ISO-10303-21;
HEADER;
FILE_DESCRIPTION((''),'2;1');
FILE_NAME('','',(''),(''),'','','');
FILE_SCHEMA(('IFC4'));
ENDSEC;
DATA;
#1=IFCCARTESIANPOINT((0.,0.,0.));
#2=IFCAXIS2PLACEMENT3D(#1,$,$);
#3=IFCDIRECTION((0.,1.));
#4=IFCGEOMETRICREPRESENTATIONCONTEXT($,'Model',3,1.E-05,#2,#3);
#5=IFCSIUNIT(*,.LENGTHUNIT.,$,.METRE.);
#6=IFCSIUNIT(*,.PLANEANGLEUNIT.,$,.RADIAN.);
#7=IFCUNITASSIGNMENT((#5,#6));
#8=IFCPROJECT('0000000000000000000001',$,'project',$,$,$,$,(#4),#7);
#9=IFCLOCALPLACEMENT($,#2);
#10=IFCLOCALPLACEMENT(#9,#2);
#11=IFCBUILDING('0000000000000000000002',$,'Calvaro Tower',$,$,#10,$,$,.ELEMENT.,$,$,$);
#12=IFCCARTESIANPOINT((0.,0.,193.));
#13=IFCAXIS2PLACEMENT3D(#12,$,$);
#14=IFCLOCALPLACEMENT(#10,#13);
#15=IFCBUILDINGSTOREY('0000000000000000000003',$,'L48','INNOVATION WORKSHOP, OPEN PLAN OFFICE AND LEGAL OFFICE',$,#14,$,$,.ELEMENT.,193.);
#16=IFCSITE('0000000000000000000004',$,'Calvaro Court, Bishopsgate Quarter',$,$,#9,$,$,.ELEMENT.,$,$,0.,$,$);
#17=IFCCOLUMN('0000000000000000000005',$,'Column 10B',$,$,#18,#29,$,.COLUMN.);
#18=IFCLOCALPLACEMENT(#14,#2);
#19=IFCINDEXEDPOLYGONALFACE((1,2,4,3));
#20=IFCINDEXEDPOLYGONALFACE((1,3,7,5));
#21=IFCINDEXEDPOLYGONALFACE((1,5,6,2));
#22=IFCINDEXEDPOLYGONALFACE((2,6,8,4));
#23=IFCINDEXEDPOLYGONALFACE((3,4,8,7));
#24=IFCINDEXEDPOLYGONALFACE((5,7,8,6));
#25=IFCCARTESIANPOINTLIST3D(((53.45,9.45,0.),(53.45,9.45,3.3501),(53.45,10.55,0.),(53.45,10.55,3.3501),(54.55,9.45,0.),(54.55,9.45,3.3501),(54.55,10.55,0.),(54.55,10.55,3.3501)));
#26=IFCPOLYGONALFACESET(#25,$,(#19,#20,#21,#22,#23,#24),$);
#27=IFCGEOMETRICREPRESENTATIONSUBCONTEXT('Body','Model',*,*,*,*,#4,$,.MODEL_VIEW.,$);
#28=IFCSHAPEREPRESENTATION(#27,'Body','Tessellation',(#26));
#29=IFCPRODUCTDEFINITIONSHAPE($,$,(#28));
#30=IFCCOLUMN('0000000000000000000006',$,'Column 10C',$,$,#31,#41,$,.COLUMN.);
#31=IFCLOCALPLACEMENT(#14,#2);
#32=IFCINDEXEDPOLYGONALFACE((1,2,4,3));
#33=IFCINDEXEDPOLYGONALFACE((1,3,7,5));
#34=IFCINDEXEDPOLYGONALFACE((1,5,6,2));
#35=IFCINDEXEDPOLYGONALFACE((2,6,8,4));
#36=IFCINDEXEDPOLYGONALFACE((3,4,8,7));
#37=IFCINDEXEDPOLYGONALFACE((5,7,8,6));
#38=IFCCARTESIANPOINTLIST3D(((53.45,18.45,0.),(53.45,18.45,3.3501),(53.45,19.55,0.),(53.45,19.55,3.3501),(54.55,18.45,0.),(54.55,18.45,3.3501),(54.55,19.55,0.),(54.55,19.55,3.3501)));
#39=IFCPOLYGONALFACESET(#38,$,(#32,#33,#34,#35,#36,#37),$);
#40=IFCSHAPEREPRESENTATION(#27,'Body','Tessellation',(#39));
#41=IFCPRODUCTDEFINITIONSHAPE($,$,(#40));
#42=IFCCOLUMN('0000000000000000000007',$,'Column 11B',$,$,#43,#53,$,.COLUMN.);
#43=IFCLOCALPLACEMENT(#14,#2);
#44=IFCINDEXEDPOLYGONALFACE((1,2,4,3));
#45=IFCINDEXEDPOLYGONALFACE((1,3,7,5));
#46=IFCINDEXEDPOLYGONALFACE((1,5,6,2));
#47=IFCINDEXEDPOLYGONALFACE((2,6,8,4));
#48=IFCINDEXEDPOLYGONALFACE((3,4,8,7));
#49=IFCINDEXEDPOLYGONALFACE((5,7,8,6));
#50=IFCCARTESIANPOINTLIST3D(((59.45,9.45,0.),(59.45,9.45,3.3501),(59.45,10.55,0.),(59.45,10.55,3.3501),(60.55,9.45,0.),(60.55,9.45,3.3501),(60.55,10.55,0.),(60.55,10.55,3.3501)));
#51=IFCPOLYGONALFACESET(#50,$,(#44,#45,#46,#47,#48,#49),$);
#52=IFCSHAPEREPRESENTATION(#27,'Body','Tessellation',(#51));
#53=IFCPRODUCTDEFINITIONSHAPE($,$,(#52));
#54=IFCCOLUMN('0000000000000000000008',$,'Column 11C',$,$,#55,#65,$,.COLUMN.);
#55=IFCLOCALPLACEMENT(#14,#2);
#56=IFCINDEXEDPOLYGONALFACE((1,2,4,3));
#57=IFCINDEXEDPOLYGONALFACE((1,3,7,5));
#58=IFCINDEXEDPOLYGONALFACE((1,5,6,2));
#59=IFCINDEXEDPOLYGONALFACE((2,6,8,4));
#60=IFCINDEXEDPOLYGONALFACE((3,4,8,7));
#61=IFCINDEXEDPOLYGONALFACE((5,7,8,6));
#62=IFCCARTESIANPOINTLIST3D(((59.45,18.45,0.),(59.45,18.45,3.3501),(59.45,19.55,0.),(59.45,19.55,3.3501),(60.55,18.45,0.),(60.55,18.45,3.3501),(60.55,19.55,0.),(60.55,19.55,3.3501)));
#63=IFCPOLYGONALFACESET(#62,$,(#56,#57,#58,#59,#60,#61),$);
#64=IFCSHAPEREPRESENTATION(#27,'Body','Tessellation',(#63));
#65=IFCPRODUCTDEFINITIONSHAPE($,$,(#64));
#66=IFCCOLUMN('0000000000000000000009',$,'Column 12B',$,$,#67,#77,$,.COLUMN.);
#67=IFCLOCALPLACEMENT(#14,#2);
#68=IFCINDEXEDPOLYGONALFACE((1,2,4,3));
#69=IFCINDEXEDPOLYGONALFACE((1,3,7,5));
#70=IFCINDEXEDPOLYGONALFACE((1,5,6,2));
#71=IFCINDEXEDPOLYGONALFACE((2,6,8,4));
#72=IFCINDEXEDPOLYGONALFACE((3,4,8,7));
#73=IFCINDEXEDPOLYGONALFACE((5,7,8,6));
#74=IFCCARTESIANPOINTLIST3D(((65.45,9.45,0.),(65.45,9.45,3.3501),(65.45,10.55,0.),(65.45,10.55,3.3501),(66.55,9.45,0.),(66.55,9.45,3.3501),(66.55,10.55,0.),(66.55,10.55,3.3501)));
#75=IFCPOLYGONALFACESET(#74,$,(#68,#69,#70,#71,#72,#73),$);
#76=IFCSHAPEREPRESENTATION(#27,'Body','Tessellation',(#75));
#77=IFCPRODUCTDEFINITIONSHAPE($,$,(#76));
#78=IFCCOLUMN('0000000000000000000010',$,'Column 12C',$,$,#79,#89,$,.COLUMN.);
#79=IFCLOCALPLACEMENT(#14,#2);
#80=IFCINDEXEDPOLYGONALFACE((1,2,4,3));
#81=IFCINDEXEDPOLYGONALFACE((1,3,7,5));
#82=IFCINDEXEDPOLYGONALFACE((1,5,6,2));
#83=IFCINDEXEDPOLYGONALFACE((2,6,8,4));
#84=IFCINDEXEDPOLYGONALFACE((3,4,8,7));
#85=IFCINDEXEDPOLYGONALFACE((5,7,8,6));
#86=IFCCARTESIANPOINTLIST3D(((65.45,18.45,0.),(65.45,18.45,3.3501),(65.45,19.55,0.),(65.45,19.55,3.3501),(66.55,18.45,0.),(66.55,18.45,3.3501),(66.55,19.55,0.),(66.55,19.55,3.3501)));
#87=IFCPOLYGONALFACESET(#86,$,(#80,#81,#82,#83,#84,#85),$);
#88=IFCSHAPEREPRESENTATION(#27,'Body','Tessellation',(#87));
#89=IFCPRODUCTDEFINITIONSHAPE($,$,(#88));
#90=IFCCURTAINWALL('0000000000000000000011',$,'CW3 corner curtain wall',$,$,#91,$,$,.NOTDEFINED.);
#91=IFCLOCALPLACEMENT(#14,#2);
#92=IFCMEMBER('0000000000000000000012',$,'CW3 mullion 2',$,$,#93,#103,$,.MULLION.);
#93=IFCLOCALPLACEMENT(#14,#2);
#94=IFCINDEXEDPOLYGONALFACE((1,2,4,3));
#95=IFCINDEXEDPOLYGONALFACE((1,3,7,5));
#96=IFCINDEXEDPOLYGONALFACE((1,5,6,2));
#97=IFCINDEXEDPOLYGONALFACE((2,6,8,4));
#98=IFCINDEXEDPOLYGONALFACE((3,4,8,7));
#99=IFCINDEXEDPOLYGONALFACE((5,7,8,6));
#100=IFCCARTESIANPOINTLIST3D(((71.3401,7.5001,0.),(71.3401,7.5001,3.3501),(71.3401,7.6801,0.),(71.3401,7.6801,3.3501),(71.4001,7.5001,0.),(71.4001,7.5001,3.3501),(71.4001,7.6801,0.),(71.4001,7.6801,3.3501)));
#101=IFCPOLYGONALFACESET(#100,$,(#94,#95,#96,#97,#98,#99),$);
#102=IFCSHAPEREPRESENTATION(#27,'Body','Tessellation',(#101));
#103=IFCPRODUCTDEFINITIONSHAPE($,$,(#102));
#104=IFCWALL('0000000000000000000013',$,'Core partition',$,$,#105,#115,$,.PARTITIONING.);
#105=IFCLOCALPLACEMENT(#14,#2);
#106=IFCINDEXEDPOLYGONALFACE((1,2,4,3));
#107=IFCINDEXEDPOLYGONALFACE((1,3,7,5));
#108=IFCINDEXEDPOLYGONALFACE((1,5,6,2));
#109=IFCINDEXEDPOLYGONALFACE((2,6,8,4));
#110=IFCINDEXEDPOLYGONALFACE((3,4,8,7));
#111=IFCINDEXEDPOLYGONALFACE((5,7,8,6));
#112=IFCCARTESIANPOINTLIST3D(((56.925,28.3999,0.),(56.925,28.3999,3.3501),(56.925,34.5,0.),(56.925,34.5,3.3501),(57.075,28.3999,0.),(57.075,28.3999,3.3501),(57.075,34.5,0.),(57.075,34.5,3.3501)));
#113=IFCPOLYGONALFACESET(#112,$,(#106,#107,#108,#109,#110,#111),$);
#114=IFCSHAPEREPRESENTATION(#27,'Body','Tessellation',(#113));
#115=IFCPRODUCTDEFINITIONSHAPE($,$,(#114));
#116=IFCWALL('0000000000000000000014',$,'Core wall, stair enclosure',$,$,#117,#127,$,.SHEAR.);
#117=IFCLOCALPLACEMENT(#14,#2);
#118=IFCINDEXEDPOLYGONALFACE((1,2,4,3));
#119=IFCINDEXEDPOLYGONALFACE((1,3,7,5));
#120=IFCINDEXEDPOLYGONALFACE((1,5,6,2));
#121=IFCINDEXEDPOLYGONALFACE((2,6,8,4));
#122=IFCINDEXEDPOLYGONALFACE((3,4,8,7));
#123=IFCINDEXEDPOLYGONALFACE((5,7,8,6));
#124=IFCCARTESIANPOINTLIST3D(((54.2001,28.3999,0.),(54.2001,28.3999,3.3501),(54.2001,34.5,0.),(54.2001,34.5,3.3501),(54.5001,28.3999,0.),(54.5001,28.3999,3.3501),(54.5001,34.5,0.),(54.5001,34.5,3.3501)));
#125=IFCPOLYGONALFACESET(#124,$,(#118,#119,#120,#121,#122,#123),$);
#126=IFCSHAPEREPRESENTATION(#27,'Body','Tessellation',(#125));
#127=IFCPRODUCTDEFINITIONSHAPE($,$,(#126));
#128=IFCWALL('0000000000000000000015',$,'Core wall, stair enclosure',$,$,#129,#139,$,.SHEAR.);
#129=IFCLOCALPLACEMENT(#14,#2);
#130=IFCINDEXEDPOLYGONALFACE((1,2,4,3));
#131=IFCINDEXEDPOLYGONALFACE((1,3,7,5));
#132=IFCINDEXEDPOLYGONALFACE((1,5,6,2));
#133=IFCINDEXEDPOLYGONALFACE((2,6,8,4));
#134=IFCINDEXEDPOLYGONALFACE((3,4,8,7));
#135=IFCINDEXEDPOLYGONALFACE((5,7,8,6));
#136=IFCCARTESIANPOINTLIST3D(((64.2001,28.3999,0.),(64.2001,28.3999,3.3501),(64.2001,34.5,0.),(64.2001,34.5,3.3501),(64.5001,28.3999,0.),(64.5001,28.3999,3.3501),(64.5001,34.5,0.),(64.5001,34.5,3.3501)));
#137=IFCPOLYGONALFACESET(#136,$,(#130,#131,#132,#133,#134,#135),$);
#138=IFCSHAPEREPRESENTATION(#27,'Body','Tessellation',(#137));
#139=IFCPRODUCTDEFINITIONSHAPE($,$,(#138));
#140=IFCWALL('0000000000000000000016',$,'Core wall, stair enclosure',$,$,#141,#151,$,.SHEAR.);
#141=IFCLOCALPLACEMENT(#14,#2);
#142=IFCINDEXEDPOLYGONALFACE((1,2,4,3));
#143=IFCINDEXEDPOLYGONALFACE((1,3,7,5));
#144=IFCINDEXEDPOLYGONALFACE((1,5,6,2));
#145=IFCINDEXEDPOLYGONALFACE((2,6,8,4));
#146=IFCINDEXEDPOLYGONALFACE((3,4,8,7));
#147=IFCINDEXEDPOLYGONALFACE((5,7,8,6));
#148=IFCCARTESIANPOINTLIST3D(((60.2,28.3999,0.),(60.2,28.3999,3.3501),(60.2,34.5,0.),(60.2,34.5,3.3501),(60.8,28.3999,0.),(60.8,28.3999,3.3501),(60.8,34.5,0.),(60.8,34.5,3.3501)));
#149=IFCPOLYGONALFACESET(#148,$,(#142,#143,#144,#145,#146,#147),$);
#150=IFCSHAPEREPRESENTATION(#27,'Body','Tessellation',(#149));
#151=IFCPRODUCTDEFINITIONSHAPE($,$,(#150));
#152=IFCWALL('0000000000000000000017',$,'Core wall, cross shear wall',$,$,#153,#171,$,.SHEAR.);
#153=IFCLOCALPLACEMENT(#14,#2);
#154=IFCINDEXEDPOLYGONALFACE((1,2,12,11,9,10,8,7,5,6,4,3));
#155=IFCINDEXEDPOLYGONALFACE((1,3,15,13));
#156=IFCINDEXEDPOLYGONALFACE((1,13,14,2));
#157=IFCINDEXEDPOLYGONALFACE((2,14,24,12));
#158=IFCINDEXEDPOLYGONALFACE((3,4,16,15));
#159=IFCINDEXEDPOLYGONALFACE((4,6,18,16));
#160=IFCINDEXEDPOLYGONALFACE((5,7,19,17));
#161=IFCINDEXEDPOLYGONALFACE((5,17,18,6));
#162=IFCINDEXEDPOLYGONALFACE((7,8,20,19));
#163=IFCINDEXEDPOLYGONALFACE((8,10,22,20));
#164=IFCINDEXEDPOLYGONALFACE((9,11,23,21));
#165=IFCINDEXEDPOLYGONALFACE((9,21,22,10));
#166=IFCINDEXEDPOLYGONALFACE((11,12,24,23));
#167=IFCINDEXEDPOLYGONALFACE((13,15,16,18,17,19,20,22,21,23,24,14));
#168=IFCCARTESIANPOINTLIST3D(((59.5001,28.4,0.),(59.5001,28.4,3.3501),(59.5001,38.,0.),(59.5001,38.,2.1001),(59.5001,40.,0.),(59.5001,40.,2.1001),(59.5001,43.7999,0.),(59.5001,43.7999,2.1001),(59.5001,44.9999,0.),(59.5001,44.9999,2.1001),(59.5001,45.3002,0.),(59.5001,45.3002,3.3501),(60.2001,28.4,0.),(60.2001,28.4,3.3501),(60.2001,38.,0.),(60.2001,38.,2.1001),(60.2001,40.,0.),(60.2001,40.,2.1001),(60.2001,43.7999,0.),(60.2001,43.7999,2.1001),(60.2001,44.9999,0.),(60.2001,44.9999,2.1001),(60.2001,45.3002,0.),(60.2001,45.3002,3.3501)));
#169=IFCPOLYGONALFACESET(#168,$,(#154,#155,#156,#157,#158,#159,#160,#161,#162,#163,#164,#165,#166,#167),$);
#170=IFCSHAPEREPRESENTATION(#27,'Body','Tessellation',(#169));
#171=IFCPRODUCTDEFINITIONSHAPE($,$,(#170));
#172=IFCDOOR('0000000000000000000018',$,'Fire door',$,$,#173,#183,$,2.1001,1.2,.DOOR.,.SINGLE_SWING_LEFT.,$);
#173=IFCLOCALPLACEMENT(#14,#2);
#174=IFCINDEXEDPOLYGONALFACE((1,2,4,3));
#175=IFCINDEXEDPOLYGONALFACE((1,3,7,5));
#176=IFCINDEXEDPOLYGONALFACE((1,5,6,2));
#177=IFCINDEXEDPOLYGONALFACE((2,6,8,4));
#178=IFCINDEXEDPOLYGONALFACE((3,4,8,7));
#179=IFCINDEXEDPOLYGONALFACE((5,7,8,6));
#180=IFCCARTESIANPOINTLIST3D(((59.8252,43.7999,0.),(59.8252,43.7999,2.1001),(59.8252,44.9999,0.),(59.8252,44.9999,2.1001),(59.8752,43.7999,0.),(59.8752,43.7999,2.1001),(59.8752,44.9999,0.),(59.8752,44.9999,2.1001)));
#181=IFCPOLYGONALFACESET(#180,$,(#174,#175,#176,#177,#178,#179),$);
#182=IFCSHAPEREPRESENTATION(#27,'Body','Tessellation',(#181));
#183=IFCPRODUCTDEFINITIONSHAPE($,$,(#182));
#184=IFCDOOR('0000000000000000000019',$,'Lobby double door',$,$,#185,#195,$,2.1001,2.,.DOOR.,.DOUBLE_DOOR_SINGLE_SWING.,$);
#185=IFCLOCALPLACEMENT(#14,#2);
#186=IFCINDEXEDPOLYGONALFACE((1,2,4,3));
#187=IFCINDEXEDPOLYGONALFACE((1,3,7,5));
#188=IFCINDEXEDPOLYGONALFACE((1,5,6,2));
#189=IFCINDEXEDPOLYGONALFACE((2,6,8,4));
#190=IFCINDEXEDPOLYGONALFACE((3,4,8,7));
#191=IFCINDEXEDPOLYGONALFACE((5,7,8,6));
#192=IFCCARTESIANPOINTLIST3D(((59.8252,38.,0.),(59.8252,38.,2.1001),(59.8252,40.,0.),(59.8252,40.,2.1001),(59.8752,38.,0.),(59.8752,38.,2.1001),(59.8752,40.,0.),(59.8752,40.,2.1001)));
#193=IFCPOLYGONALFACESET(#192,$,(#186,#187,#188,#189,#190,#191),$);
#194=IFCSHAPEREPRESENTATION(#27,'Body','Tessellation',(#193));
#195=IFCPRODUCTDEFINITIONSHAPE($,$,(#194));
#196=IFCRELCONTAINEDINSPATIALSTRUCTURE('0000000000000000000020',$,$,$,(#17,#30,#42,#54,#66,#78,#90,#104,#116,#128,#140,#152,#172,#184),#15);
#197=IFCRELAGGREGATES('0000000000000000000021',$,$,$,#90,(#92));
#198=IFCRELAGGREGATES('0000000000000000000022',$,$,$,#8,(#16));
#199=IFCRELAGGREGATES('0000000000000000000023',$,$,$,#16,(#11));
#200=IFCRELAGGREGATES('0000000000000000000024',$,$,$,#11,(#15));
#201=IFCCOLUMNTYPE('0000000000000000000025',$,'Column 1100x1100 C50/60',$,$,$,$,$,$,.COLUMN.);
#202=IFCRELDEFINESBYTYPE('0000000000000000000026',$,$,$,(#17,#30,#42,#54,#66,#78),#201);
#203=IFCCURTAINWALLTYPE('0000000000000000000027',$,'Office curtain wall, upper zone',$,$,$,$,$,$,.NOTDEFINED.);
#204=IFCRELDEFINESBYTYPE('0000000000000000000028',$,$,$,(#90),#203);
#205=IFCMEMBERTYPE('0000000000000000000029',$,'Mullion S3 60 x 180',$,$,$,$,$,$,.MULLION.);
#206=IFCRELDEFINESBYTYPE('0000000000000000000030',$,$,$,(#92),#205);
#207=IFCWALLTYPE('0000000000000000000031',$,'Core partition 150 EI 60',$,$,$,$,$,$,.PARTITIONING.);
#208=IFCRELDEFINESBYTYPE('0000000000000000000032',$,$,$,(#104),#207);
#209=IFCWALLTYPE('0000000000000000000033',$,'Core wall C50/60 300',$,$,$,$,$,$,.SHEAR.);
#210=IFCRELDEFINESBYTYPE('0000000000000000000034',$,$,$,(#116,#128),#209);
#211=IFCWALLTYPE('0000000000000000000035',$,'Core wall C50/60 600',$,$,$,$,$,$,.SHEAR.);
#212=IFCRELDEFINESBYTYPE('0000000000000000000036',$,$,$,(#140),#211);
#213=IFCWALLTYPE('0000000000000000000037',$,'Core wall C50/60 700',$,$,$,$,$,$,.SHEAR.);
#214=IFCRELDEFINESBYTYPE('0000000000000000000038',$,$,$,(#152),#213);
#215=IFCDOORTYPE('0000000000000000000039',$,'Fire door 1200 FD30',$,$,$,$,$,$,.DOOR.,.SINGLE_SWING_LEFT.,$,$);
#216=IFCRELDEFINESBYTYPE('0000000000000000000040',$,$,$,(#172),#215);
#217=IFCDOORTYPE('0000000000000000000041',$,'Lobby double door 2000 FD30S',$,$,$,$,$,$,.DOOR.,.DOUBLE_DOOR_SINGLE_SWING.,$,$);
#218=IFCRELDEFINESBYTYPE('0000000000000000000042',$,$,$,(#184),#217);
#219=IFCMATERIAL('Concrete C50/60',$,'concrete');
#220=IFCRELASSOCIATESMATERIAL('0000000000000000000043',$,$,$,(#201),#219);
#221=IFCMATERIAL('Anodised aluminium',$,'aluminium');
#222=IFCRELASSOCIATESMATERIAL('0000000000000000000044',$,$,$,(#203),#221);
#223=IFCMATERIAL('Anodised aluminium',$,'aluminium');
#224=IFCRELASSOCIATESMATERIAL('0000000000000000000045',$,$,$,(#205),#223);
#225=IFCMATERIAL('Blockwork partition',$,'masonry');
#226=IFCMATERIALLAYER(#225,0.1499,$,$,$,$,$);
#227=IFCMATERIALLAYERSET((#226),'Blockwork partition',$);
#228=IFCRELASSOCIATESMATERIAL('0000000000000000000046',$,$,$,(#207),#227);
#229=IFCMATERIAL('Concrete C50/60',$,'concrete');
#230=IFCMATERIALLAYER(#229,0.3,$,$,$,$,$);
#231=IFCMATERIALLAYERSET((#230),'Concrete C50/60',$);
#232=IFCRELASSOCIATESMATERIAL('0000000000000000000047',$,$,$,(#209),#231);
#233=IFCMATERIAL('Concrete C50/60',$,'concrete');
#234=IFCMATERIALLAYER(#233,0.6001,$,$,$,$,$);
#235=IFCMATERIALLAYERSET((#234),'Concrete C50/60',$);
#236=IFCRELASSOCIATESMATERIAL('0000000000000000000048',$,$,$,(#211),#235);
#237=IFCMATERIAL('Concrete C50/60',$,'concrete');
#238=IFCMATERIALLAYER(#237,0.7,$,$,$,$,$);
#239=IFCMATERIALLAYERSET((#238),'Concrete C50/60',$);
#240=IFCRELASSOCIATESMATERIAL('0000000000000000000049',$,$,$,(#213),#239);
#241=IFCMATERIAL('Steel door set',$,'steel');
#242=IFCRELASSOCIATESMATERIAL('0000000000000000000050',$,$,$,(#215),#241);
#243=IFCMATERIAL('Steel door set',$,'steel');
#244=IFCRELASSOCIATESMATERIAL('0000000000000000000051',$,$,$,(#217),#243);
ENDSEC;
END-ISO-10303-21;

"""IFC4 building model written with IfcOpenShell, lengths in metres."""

from ifc_helpers import new_model, si_unit, direction, frame, frame_2d, origin, origin_2d, place, context, subcontext, project, spatial, rectangle, extrude, material, layer, layer_set, material_profile, profile_set, type_object, element, fill, aggregate, save


model = new_model("IFC4")

# Units and contexts
model_context = context("Model", 3, precision=1e-05, world=origin(), true_north=direction((0.0, 1.0)))
body_context = subcontext(model_context, "Body", "Model", "MODEL_VIEW")
ifc_project = project(units=[si_unit("LENGTHUNIT", "METRE"), si_unit("PLANEANGLEUNIT", "RADIAN")], contexts=[model_context])

# Site, building, storey
site_placement = place(None, origin())
site = spatial("IfcSite", under=ifc_project, at=site_placement, Name="Calvaro Court, Bishopsgate Quarter", CompositionType="ELEMENT", RefElevation=0.0)
building_placement = place(site_placement, origin())
building = spatial("IfcBuilding", under=site, at=building_placement, Name="Calvaro Tower", CompositionType="ELEMENT")
storey_placement = place(building_placement, frame((0.0, 0.0, 193.0)))
storey = spatial("IfcBuildingStorey", under=building, at=storey_placement, Name="L48", Description="INNOVATION WORKSHOP, OPEN PLAN OFFICE AND LEGAL OFFICE", CompositionType="ELEMENT", Elevation=193.0)

# Columns
ifc_material_1 = material(Name="Concrete C50/60", Category="concrete")
ifc_material_profile_1 = material_profile(ifc_material_1, rectangle(XDim=1.1001, YDim=1.1001, at=origin_2d()), Name="RC 1100x1100")
ifc_profile_set_1 = profile_set([ifc_material_profile_1], Name="Concrete C50/60")
column_type = type_object("IfcColumnType", Name="Column 1100x1100 C50/60", PredefinedType="COLUMN", material=ifc_profile_set_1)
for number, where, z_axis, x_axis, name in (
    (1, (54.0, 10.0, 0.0), (0.0, 0.0, 1.0), (1.0, 0.0, 0.0), "Column 10B"),
    (2, (54.0, 19.0, 0.0), (0.0, 0.0, 1.0), (1.0, 0.0, 0.0), "Column 10C"),
    (3, (60.0, 10.0, 0.0), (0.0, 0.0, 1.0), (1.0, 0.0, 0.0), "Column 11B"),
    (4, (60.0, 19.0, 0.0), (0.0, 0.0, 1.0), (1.0, 0.0, 0.0), "Column 11C"),
    (5, (66.0, 10.0, 0.0), (0.0, 0.0, 1.0), (1.0, 0.0, 0.0), "Column 12B"),
    (6, (66.0, 19.0, 0.0), (0.0, 0.0, 1.0), (1.0, 0.0, 0.0), "Column 12C"),
):
    element("IfcColumn", number, at=place(storey_placement, frame(where, z_axis=z_axis, x_axis=x_axis)), inside=storey, type_object=column_type, Name=name, PredefinedType="COLUMN", context=body_context, shape_type="SweptSolid", body=[
        extrude(rectangle(XDim=1.1001, YDim=1.1001, at=origin_2d()), origin(), (0.0, 0.0, 1.0), 3.3501),
    ])

# Curtain wall, member
ifc_material_2 = material(Name="Anodised aluminium", Category="aluminium")
curtain_wall_type = type_object("IfcCurtainWallType", Name="Office curtain wall, upper zone", PredefinedType="NOTDEFINED", material=ifc_material_2)
curtain_wall_placement = place(storey_placement, origin())
curtain_wall = element("IfcCurtainWall", 7, at=curtain_wall_placement, inside=storey, type_object=curtain_wall_type, Name="CW3 corner curtain wall", PredefinedType="NOTDEFINED")
ifc_material_3 = material(Name="Anodised aluminium", Category="aluminium")
ifc_material_profile_2 = material_profile(ifc_material_3, rectangle(XDim=0.1799, YDim=0.0601, at=origin_2d()), Name="Mullion S3 60 x 180")
ifc_profile_set_2 = profile_set([ifc_material_profile_2], Name="Anodised aluminium")
member_type = type_object("IfcMemberType", Name="Mullion S3 60 x 180", PredefinedType="MULLION", material=ifc_profile_set_2)
member_placement = place(storey_placement, frame((71.3701, 7.5901, 0.0), z_axis=(0.0, 0.0, 1.0), x_axis=(0.0, 1.0, 0.0)))
member = element("IfcMember", 8, at=member_placement, type_object=member_type, Name="CW3 mullion 2", PredefinedType="MULLION", context=body_context, shape_type="SweptSolid", body=[
    extrude(rectangle(XDim=0.1799, YDim=0.0601, at=origin_2d()), origin(), (0.0, 0.0, 1.0), 3.3501),
])
aggregate(curtain_wall, [member])

# Walls
ifc_material_4 = material(Name="Blockwork partition", Category="masonry")
ifc_layer_1 = layer(ifc_material_4, 0.1499)
ifc_layer_set_1 = layer_set([ifc_layer_1], Name="Blockwork partition")
wall_type_1 = type_object("IfcWallType", Name="Core partition 150 EI 60", PredefinedType="PARTITIONING", material=ifc_layer_set_1)
wall_1_placement = place(storey_placement, frame((57.0, 28.3999, 0.0), z_axis=(0.0, 0.0, 1.0), x_axis=(0.0, 1.0, 0.0)))
element("IfcWall", 9, at=wall_1_placement, inside=storey, type_object=wall_type_1, Name="Core partition", PredefinedType="PARTITIONING", context=body_context, shape_type="SweptSolid", body=[
    extrude(rectangle(XDim=6.1001, YDim=0.1499, at=frame_2d((3.05, 0.0))), origin(), (0.0, 0.0, 1.0), 3.3501),
])
ifc_material_5 = material(Name="Concrete C50/60", Category="concrete")
ifc_layer_2 = layer(ifc_material_5, 0.3)
ifc_layer_set_2 = layer_set([ifc_layer_2], Name="Concrete C50/60")
wall_type_2 = type_object("IfcWallType", Name="Core wall C50/60 300", PredefinedType="SHEAR", material=ifc_layer_set_2)
for number, where, z_axis, x_axis, name in (
    (10, (54.3501, 28.3999, 0.0), (0.0, 0.0, 1.0), (0.0, 1.0, 0.0), "Core wall, stair enclosure"),
    (11, (64.3501, 28.3999, 0.0), (0.0, 0.0, 1.0), (0.0, 1.0, 0.0), "Core wall, stair enclosure"),
):
    element("IfcWall", number, at=place(storey_placement, frame(where, z_axis=z_axis, x_axis=x_axis)), inside=storey, type_object=wall_type_2, Name=name, PredefinedType="SHEAR", context=body_context, shape_type="SweptSolid", body=[
        extrude(rectangle(XDim=6.1001, YDim=0.3, at=frame_2d((3.05, 0.0))), origin(), (0.0, 0.0, 1.0), 3.3501),
    ])
ifc_material_6 = material(Name="Concrete C50/60", Category="concrete")
ifc_layer_3 = layer(ifc_material_6, 0.6001)
ifc_layer_set_3 = layer_set([ifc_layer_3], Name="Concrete C50/60")
wall_type_3 = type_object("IfcWallType", Name="Core wall C50/60 600", PredefinedType="SHEAR", material=ifc_layer_set_3)
wall_2_placement = place(storey_placement, frame((60.5, 28.3999, 0.0), z_axis=(0.0, 0.0, 1.0), x_axis=(0.0, 1.0, 0.0)))
element("IfcWall", 12, at=wall_2_placement, inside=storey, type_object=wall_type_3, Name="Core wall, stair enclosure", PredefinedType="SHEAR", context=body_context, shape_type="SweptSolid", body=[
    extrude(rectangle(XDim=6.1001, YDim=0.6001, at=frame_2d((3.05, 0.0))), origin(), (0.0, 0.0, 1.0), 3.3501),
])

# Wall, openings, doors
ifc_material_7 = material(Name="Concrete C50/60", Category="concrete")
ifc_layer_4 = layer(ifc_material_7, 0.7)
ifc_layer_set_4 = layer_set([ifc_layer_4], Name="Concrete C50/60")
wall_type_4 = type_object("IfcWallType", Name="Core wall C50/60 700", PredefinedType="SHEAR", material=ifc_layer_set_4)
wall_3_placement = place(storey_placement, frame((59.8501, 28.3999, 0.0), z_axis=(0.0, 0.0, 1.0), x_axis=(0.0, 1.0, 0.0)))
wall_3 = element("IfcWall", 13, at=wall_3_placement, inside=storey, type_object=wall_type_4, Name="Core wall, cross shear wall", PredefinedType="SHEAR", context=body_context, shape_type="SweptSolid", body=[
    extrude(rectangle(XDim=16.9001, YDim=0.7, at=frame_2d((8.4502, 0.0))), origin(), (0.0, 0.0, 1.0), 3.3501),
])
opening_1_placement = place(wall_3_placement, frame((9.6001, 0.0, 0.0)))
opening_1 = element("IfcOpeningElement", 14, at=opening_1_placement, cuts=wall_3, PredefinedType="OPENING", context=body_context, shape_type="SweptSolid", body=[
    extrude(rectangle(XDim=2.0, YDim=2.1001, at=frame_2d((1.0, 1.05))), frame((0.0, 0.3599, 0.0), z_axis=(0.0, -1.0, 0.0), x_axis=(1.0, 0.0, 0.0)), (0.0, 0.0, 1.0), 0.72),
])
opening_2_placement = place(wall_3_placement, frame((15.3999, 0.0, 0.0)))
opening_2 = element("IfcOpeningElement", 15, at=opening_2_placement, cuts=wall_3, PredefinedType="OPENING", context=body_context, shape_type="SweptSolid", body=[
    extrude(rectangle(XDim=1.2, YDim=2.1001, at=frame_2d((0.6001, 1.05))), frame((0.0, 0.3599, 0.0), z_axis=(0.0, -1.0, 0.0), x_axis=(1.0, 0.0, 0.0)), (0.0, 0.0, 1.0), 0.72),
])
ifc_material_8 = material(Name="Steel door set", Category="steel")
door_type_1 = type_object("IfcDoorType", Name="Fire door 1200 FD30", OperationType="SINGLE_SWING_LEFT", PredefinedType="DOOR", material=ifc_material_8)
door_1_placement = place(opening_2_placement, origin())
door_1 = element("IfcDoor", 16, at=door_1_placement, inside=storey, type_object=door_type_1, Name="Fire door", OperationType="SINGLE_SWING_LEFT", OverallHeight=2.1001, OverallWidth=1.2, PredefinedType="DOOR", context=body_context, shape_type="SweptSolid", body=[
    extrude(rectangle(XDim=1.2, YDim=2.1001, at=frame_2d((0.6001, 1.05))), frame((0.0, 0.0249, 0.0), z_axis=(0.0, -1.0, 0.0), x_axis=(1.0, 0.0, 0.0)), (0.0, 0.0, 1.0), 0.05),
])
fill(opening_2, door_1)
ifc_material_9 = material(Name="Steel door set", Category="steel")
door_type_2 = type_object("IfcDoorType", Name="Lobby double door 2000 FD30S", OperationType="DOUBLE_DOOR_SINGLE_SWING", PredefinedType="DOOR", material=ifc_material_9)
door_2_placement = place(opening_1_placement, origin())
door_2 = element("IfcDoor", 17, at=door_2_placement, inside=storey, type_object=door_type_2, Name="Lobby double door", OperationType="DOUBLE_DOOR_SINGLE_SWING", OverallHeight=2.1001, OverallWidth=2.0, PredefinedType="DOOR", context=body_context, shape_type="SweptSolid", body=[
    extrude(rectangle(XDim=2.0, YDim=2.1001, at=frame_2d((1.0, 1.05))), frame((0.0, 0.0249, 0.0), z_axis=(0.0, -1.0, 0.0), x_axis=(1.0, 0.0, 0.0)), (0.0, 0.0, 1.0), 0.05),
])
fill(opening_1, door_2)

save(model, "model.ifc")
